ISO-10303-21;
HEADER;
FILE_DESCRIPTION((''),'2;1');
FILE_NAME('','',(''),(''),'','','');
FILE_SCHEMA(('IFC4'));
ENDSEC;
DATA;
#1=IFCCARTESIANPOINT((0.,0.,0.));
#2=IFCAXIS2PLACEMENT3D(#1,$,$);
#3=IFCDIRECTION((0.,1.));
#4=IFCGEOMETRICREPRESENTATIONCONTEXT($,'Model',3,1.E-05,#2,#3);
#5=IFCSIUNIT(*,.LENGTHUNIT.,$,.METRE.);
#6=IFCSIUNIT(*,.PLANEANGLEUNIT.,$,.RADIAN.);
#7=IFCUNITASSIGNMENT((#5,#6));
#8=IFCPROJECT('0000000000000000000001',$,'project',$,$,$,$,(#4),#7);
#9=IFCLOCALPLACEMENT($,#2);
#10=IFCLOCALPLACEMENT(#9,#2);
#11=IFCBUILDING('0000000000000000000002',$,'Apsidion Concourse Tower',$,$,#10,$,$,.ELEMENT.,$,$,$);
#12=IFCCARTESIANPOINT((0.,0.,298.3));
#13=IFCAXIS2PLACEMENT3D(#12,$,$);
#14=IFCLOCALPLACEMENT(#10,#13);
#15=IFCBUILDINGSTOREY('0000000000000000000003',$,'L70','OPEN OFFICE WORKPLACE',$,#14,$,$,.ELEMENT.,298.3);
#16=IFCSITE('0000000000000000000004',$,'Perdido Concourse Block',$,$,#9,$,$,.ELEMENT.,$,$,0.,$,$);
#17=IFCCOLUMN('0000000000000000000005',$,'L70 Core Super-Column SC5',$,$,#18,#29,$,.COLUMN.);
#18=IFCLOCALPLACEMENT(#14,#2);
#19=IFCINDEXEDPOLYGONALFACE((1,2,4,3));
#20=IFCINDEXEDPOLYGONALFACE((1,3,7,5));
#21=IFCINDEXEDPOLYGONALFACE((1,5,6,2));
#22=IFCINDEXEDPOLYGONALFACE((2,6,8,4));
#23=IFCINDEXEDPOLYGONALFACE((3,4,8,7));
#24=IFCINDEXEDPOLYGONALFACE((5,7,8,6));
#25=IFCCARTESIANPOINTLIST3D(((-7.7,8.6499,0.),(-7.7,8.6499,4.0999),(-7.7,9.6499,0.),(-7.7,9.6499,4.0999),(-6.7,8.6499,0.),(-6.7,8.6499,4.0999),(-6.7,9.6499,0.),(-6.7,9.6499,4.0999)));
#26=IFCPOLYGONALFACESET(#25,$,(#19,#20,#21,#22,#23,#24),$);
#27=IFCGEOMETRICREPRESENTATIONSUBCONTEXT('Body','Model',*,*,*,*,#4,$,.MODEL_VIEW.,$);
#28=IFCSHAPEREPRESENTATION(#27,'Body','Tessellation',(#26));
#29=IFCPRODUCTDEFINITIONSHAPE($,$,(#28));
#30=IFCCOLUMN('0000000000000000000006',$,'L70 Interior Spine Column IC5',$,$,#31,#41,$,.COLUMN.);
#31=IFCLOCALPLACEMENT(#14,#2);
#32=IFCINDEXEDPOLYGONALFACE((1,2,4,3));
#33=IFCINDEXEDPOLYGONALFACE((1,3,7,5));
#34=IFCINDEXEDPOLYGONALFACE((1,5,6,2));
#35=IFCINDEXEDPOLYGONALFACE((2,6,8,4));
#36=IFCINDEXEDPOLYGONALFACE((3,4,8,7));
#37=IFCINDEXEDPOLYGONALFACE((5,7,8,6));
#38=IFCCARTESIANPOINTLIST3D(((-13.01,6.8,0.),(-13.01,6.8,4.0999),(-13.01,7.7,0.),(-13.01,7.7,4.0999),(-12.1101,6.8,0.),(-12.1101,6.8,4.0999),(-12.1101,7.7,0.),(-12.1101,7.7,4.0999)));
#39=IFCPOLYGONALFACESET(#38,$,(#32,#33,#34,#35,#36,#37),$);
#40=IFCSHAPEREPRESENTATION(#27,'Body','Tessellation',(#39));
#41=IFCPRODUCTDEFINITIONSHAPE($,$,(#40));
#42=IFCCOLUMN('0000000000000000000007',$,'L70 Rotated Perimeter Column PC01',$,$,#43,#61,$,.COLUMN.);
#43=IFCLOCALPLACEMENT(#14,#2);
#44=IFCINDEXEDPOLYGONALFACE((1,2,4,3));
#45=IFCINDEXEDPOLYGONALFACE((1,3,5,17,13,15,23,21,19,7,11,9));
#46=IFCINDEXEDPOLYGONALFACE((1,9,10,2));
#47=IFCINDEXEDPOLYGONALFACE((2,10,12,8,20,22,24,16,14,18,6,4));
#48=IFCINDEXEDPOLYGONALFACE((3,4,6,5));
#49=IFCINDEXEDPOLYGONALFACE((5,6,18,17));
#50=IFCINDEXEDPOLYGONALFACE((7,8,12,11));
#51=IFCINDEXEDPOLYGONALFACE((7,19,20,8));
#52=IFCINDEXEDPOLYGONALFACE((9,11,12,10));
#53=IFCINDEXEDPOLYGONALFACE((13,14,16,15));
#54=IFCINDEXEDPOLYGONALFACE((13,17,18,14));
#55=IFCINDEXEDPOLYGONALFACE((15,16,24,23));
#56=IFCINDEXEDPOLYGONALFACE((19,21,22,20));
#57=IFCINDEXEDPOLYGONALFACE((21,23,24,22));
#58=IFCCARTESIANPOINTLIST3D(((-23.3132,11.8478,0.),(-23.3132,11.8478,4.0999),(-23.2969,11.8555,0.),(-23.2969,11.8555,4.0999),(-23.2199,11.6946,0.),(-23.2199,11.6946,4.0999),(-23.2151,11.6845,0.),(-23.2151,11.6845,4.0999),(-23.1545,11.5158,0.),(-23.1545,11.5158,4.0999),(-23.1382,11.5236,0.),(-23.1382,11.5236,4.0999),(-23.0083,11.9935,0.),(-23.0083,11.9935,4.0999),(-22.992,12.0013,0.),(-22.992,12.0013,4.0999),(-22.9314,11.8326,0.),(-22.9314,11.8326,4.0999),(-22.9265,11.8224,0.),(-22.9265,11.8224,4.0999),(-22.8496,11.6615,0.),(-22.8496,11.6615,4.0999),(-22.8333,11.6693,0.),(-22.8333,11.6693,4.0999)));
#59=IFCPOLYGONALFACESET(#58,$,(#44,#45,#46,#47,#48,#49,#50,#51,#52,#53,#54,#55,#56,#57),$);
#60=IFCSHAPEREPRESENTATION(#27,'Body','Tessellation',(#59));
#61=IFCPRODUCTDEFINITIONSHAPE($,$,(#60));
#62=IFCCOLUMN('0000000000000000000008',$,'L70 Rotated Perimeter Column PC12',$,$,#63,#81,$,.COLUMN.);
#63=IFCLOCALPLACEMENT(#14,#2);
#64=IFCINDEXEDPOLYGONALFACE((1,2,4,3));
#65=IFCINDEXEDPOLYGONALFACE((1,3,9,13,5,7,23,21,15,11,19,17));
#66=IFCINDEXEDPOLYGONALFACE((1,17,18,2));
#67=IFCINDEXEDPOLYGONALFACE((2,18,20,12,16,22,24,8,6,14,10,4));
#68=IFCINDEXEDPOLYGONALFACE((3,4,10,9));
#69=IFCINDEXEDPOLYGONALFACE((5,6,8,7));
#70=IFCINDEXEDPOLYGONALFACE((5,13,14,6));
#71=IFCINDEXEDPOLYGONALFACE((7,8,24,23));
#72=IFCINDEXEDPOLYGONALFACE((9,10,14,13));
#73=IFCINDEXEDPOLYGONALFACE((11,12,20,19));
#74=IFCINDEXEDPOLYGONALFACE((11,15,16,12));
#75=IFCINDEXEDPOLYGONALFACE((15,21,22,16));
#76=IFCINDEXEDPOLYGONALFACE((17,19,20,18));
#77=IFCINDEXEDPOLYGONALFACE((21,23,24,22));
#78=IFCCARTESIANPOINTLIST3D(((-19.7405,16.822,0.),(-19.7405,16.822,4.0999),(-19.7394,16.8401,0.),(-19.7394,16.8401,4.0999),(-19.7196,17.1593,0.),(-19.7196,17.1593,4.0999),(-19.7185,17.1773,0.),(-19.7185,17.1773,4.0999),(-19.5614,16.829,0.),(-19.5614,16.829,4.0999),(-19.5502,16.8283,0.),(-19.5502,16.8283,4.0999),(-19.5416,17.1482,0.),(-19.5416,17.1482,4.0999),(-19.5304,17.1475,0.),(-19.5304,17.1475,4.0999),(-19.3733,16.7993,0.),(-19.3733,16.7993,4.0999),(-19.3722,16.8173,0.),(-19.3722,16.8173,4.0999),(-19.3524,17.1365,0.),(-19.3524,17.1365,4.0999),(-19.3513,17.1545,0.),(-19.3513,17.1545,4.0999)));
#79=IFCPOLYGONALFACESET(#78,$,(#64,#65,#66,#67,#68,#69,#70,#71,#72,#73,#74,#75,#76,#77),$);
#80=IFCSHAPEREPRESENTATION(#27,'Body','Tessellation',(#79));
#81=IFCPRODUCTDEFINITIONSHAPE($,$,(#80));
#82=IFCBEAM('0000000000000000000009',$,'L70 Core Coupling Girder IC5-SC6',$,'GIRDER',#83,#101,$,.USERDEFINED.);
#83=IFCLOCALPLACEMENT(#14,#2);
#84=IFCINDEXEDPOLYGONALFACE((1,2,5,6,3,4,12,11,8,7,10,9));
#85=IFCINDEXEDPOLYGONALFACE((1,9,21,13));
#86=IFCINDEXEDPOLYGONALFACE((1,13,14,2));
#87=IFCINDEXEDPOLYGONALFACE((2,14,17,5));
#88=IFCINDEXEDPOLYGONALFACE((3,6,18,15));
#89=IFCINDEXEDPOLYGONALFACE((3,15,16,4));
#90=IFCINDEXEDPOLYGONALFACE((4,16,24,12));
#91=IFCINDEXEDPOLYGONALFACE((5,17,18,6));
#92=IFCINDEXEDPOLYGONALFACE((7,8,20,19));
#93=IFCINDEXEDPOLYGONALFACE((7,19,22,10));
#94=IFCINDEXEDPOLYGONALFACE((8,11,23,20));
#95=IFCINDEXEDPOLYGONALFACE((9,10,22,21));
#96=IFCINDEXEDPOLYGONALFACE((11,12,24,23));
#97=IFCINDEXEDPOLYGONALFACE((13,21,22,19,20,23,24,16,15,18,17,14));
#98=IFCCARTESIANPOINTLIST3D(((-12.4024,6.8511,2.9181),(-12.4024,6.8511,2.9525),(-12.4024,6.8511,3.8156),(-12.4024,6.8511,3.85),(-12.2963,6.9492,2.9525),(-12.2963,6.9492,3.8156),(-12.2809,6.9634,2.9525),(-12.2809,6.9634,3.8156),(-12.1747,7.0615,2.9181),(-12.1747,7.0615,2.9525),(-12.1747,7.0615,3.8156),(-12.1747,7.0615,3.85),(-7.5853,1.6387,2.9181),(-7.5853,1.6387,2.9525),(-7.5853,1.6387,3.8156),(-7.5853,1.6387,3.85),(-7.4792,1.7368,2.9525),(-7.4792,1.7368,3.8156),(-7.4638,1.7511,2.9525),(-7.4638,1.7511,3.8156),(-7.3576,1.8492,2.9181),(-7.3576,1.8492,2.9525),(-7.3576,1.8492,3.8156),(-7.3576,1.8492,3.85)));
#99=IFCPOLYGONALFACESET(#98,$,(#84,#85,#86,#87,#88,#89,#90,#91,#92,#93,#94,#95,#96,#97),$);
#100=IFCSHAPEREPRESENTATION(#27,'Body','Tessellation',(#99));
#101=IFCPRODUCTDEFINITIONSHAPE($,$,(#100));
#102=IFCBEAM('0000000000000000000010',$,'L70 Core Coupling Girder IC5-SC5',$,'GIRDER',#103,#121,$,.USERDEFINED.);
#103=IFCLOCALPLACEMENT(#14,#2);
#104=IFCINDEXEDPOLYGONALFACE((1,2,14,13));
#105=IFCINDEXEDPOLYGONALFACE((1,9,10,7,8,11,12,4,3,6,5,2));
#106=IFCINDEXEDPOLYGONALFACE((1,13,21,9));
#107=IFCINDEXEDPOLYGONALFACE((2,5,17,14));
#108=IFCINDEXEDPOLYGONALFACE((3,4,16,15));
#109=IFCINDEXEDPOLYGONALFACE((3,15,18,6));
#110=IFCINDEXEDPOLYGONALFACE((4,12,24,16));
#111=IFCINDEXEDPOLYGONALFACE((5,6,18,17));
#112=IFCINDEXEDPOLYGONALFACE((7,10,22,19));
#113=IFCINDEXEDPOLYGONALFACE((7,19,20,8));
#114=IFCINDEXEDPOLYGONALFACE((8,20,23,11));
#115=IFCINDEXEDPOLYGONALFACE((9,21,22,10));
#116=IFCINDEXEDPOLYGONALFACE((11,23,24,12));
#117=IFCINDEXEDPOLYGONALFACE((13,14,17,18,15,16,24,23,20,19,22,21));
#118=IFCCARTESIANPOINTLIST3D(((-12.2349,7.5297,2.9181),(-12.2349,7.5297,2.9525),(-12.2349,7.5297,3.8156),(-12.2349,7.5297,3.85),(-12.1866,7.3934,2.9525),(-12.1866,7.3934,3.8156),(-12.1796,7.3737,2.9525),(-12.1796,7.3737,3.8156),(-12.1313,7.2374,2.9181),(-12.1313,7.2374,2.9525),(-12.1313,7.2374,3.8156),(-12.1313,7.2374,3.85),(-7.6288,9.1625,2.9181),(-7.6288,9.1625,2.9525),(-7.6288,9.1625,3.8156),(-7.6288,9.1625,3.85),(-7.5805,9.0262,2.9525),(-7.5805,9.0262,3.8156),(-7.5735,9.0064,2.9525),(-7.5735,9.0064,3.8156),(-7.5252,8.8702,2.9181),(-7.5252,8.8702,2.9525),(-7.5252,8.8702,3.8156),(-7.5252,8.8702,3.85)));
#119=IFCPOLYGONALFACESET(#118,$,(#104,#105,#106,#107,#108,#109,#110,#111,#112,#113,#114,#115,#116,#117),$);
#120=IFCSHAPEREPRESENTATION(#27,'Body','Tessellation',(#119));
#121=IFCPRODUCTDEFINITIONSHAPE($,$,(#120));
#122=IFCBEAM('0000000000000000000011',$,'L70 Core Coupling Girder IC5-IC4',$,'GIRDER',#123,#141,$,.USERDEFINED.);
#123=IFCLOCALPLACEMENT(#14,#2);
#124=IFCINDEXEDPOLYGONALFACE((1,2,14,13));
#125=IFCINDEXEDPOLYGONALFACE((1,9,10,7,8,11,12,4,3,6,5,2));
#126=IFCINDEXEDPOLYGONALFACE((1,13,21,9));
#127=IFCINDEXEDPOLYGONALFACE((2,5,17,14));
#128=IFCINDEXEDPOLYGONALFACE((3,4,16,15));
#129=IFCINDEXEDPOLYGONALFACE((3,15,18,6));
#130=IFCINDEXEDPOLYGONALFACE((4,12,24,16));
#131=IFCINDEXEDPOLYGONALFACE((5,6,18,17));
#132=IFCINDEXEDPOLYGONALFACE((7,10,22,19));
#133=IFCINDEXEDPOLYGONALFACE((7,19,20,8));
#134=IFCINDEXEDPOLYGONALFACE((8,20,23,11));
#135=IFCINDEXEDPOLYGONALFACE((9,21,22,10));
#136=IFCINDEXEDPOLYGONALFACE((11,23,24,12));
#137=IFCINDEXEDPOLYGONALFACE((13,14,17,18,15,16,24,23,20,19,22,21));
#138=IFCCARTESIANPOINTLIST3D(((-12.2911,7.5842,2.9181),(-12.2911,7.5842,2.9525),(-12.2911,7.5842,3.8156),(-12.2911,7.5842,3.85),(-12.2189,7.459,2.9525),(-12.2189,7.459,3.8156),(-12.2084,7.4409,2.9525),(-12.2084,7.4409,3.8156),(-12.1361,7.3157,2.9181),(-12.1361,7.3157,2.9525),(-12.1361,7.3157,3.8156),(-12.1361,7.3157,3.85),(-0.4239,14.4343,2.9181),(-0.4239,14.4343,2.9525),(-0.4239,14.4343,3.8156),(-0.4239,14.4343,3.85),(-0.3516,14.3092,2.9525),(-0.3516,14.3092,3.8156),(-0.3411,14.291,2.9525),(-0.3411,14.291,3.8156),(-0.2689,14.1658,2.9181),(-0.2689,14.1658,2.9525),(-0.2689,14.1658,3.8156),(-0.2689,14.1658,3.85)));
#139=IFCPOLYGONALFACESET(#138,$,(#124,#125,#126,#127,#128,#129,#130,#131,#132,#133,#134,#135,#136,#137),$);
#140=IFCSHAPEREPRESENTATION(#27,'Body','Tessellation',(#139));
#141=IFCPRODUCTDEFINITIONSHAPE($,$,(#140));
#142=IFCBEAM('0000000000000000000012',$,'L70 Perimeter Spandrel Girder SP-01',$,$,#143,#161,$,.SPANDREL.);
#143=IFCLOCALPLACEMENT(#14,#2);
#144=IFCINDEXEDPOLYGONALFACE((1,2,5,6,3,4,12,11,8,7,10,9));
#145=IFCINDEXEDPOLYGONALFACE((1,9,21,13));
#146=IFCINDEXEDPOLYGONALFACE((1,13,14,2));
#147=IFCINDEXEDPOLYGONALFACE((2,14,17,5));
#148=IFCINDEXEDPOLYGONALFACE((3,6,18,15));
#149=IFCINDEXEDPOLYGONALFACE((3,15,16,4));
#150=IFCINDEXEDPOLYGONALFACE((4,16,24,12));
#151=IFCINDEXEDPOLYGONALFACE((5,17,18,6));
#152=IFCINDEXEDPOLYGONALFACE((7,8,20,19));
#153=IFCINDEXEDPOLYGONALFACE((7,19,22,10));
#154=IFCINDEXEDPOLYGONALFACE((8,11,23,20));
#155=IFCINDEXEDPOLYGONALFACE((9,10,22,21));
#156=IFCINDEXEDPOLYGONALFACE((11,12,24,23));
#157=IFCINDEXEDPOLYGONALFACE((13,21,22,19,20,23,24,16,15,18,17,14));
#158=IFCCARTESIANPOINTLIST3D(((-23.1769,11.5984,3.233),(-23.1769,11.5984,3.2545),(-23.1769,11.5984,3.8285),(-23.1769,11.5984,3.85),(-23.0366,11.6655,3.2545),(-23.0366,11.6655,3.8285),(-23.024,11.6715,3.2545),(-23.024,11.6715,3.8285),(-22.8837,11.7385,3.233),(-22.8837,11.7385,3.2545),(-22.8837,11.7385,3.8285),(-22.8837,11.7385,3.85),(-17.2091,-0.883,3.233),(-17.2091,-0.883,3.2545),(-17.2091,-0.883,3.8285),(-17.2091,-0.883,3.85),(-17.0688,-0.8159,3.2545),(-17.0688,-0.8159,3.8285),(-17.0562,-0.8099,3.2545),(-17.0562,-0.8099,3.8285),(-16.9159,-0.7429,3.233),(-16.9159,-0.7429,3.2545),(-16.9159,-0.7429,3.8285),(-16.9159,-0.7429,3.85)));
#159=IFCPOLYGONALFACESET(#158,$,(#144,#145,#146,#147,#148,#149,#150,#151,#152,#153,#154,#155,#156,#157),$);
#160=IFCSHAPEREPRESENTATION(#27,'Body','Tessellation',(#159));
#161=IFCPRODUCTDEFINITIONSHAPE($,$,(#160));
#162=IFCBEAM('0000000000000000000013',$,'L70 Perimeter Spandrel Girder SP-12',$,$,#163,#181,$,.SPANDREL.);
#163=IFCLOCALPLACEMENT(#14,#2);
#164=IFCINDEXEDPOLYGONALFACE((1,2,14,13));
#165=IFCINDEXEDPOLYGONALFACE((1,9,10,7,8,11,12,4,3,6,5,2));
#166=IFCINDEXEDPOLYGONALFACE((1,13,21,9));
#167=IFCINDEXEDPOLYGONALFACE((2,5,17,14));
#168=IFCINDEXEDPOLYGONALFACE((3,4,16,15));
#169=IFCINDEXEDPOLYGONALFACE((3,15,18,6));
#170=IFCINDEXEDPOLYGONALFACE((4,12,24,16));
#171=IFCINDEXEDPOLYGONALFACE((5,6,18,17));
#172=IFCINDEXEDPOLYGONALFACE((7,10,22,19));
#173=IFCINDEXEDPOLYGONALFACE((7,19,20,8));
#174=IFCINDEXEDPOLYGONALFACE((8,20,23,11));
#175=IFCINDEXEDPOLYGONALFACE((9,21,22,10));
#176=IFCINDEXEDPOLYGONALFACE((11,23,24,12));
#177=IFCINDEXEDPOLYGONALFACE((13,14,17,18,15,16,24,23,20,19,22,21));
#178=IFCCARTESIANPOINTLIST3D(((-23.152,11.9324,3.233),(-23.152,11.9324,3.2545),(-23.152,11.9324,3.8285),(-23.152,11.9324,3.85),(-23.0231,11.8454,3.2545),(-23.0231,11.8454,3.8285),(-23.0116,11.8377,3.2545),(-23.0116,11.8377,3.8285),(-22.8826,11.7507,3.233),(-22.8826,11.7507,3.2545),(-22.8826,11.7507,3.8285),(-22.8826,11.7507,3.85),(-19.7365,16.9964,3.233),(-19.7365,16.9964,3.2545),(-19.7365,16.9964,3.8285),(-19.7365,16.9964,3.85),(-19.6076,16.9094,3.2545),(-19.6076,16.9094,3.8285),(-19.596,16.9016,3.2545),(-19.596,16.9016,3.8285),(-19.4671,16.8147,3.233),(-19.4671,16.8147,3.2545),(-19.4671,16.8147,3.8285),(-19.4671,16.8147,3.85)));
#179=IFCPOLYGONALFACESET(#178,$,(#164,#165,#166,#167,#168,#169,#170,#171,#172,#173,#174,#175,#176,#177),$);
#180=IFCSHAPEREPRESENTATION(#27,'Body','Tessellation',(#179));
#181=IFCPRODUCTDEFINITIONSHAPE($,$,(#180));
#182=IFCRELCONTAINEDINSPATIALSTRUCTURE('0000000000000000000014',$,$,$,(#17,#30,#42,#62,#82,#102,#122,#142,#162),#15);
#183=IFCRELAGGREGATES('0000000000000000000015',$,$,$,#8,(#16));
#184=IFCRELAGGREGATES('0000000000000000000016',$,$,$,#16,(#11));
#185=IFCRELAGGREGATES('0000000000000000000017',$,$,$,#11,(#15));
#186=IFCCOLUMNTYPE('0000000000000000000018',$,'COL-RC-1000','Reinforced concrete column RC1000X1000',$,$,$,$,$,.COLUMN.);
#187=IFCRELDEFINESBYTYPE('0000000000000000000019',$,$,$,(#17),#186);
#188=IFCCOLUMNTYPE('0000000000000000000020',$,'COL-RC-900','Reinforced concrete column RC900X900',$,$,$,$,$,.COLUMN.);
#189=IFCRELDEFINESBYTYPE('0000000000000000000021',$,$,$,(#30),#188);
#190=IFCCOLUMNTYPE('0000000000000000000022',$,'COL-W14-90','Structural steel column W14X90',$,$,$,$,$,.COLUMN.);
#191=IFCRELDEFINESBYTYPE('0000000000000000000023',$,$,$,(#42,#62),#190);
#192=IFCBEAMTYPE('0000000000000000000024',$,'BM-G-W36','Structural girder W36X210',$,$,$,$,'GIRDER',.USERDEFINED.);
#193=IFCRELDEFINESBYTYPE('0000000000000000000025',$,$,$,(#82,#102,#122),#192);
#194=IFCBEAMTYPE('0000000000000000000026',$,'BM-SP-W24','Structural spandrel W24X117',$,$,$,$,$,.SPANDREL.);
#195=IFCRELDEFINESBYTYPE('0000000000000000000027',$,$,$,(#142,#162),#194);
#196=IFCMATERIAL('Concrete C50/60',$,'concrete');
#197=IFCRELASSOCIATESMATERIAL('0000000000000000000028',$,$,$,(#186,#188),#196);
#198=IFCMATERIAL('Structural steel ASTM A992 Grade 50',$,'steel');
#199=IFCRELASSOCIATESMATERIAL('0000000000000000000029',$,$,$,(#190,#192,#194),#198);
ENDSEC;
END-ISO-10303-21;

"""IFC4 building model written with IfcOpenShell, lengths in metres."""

from ifc_helpers import new_model, si_unit, direction, frame, origin, origin_2d, place, context, subcontext, project, spatial, rectangle, i_section, extrude, material, material_profile, profile_set, type_object, element, save


model = new_model("IFC4")

# Units and contexts
model_context = context("Model", 3, precision=1e-05, world=origin(), true_north=direction((0.0, 1.0)))
body_context = subcontext(model_context, "Body", "Model", "MODEL_VIEW")
ifc_project = project(units=[si_unit("LENGTHUNIT", "METRE"), si_unit("PLANEANGLEUNIT", "RADIAN")], contexts=[model_context])

# Site, building, storey
site_placement = place(None, origin())
site = spatial("IfcSite", under=ifc_project, at=site_placement, Name="Perdido Concourse Block", CompositionType="ELEMENT", RefElevation=0.0)
building_placement = place(site_placement, origin())
building = spatial("IfcBuilding", under=site, at=building_placement, Name="Apsidion Concourse Tower", CompositionType="ELEMENT")
storey_placement = place(building_placement, frame((0.0, 0.0, 298.3)))
storey = spatial("IfcBuildingStorey", under=building, at=storey_placement, Name="L70", Description="OPEN OFFICE WORKPLACE", CompositionType="ELEMENT", Elevation=298.3)

# Columns
ifc_material_1 = material(Name="Concrete C50/60", Category="concrete")
ifc_material_profile_1 = material_profile(ifc_material_1, rectangle(XDim=1.0, YDim=1.0, at=origin_2d()), Name="RC 1000x1000")
ifc_profile_set_1 = profile_set([ifc_material_profile_1], Name="Concrete C50/60")
column_type_1 = type_object("IfcColumnType", Name="COL-RC-1000", Description="Reinforced concrete column RC1000X1000", PredefinedType="COLUMN", material=ifc_profile_set_1)
column_1_placement = place(storey_placement, frame((-7.2, 9.1499, 0.0), z_axis=(0.0, 0.0, 1.0), x_axis=(1.0, 0.0, 0.0)))
element("IfcColumn", 1, at=column_1_placement, inside=storey, type_object=column_type_1, Name="L70 Core Super-Column SC5", PredefinedType="COLUMN", context=body_context, shape_type="SweptSolid", body=[
    extrude(rectangle(XDim=1.0, YDim=1.0, at=origin_2d()), origin(), (0.0, 0.0, 1.0), 4.0999),
])
ifc_material_profile_2 = material_profile(ifc_material_1, rectangle(XDim=0.8999, YDim=0.8999, at=origin_2d()), Name="RC 900x900")
ifc_profile_set_2 = profile_set([ifc_material_profile_2], Name="Concrete C50/60")
column_type_2 = type_object("IfcColumnType", Name="COL-RC-900", Description="Reinforced concrete column RC900X900", PredefinedType="COLUMN", material=ifc_profile_set_2)
column_2_placement = place(storey_placement, frame((-12.5601, 7.25, 0.0), z_axis=(0.0, 0.0, 1.0), x_axis=(1.0, 0.0, 0.0)))
element("IfcColumn", 2, at=column_2_placement, inside=storey, type_object=column_type_2, Name="L70 Interior Spine Column IC5", PredefinedType="COLUMN", context=body_context, shape_type="SweptSolid", body=[
    extrude(rectangle(XDim=0.8999, YDim=0.8999, at=origin_2d()), origin(), (0.0, 0.0, 1.0), 4.0999),
])
ifc_material_2 = material(Name="Structural steel ASTM A992 Grade 50", Category="steel")
ifc_material_profile_3 = material_profile(ifc_material_2, i_section(OverallWidth=0.3679, OverallDepth=0.356, WebThickness=0.0112, FlangeThickness=0.0181, at=origin_2d()), Name="W14X90")
ifc_profile_set_3 = profile_set([ifc_material_profile_3], Name="Structural steel ASTM A992 Grade 50")
column_type_3 = type_object("IfcColumnType", Name="COL-W14-90", Description="Structural steel column W14X90", PredefinedType="COLUMN", material=ifc_profile_set_3)
for number, where, z_axis, x_axis, name in (
    (3, (-23.0732, 11.7585, 0.0), (0.0, 0.0, 1.0), (-0.431299, 0.902209, 0.0), "L70 Rotated Perimeter Column PC01"),
    (4, (-19.5459, 16.9883, 0.0), (0.0, 0.0, 1.0), (-0.998081, 0.06192, 0.0), "L70 Rotated Perimeter Column PC12"),
):
    element("IfcColumn", number, at=place(storey_placement, frame(where, z_axis=z_axis, x_axis=x_axis)), inside=storey, type_object=column_type_3, Name=name, PredefinedType="COLUMN", context=body_context, shape_type="SweptSolid", body=[
        extrude(i_section(OverallWidth=0.3679, OverallDepth=0.356, WebThickness=0.0112, FlangeThickness=0.0181, at=origin_2d()), origin(), (0.0, 0.0, 1.0), 4.0999),
    ])

# Beams
ifc_material_profile_4 = material_profile(ifc_material_2, i_section(OverallWidth=0.3101, OverallDepth=0.9319, WebThickness=0.021, FlangeThickness=0.0344, at=origin_2d()), Name="W36X210")
ifc_profile_set_4 = profile_set([ifc_material_profile_4], Name="Structural steel ASTM A992 Grade 50")
beam_type_1 = type_object("IfcBeamType", Name="BM-G-W36", Description="Structural girder W36X210", ElementType="GIRDER", PredefinedType="USERDEFINED", material=ifc_profile_set_4)
beam_1_placement = place(storey_placement, frame((-12.2886, 6.9563, 3.384), z_axis=(0.678713, -0.734404, 0.0), x_axis=(0.734404, 0.678713, 0.0)))
element("IfcBeam", 5, at=beam_1_placement, inside=storey, type_object=beam_type_1, Name="L70 Core Coupling Girder IC5-SC6", ObjectType="GIRDER", PredefinedType="USERDEFINED", context=body_context, shape_type="SweptSolid", body=[
    extrude(i_section(OverallWidth=0.3101, OverallDepth=0.9319, WebThickness=0.021, FlangeThickness=0.0344, at=origin_2d()), origin(), (0.0, 0.0, 1.0), 7.0974),
])
beam_2_placement = place(storey_placement, frame((-12.1831, 7.3835, 3.384), z_axis=(0.942534, 0.334111, 0.0), x_axis=(-0.334111, 0.942534, 0.0)))
element("IfcBeam", 6, at=beam_2_placement, inside=storey, type_object=beam_type_1, Name="L70 Core Coupling Girder IC5-SC5", ObjectType="GIRDER", PredefinedType="USERDEFINED", context=body_context, shape_type="SweptSolid", body=[
    extrude(i_section(OverallWidth=0.3101, OverallDepth=0.9319, WebThickness=0.021, FlangeThickness=0.0344, at=origin_2d()), origin(), (0.0, 0.0, 1.0), 4.887),
])
beam_3_placement = place(storey_placement, frame((-12.2136, 7.45, 3.384), z_axis=(0.86607, 0.499922, 0.0), x_axis=(-0.499922, 0.86607, 0.0)))
element("IfcBeam", 7, at=beam_3_placement, inside=storey, type_object=beam_type_1, Name="L70 Core Coupling Girder IC5-IC4", ObjectType="GIRDER", PredefinedType="USERDEFINED", context=body_context, shape_type="SweptSolid", body=[
    extrude(i_section(OverallWidth=0.3101, OverallDepth=0.9319, WebThickness=0.021, FlangeThickness=0.0344, at=origin_2d()), origin(), (0.0, 0.0, 1.0), 13.7024),
])
ifc_material_profile_5 = material_profile(ifc_material_2, i_section(OverallWidth=0.325, OverallDepth=0.6169, WebThickness=0.0139, FlangeThickness=0.0215, at=origin_2d()), Name="W24X117")
ifc_profile_set_5 = profile_set([ifc_material_profile_5], Name="Structural steel ASTM A992 Grade 50")
beam_type_2 = type_object("IfcBeamType", Name="BM-SP-W24", Description="Structural spandrel W24X117", PredefinedType="SPANDREL", material=ifc_profile_set_5)
beam_4_placement = place(storey_placement, frame((-23.0303, 11.6685, 3.5415), z_axis=(0.431361, -0.90218, 0.0), x_axis=(0.90218, 0.431361, 0.0)))
element("IfcBeam", 8, at=beam_4_placement, inside=storey, type_object=beam_type_2, Name="L70 Perimeter Spandrel Girder SP-01", PredefinedType="SPANDREL", context=body_context, shape_type="SweptSolid", body=[
    extrude(i_section(OverallWidth=0.325, OverallDepth=0.6169, WebThickness=0.0139, FlangeThickness=0.0215, at=origin_2d()), origin(), (0.0, 0.0, 1.0), 13.8347),
])
beam_5_placement = place(storey_placement, frame((-19.6018, 16.9055, 3.5415), z_axis=(-0.559175, -0.82905, 0.0), x_axis=(0.82905, -0.559175, 0.0)))
element("IfcBeam", 9, at=beam_5_placement, inside=storey, type_object=beam_type_2, Name="L70 Perimeter Spandrel Girder SP-12", PredefinedType="SPANDREL", context=body_context, shape_type="SweptSolid", body=[
    extrude(i_section(OverallWidth=0.325, OverallDepth=0.6169, WebThickness=0.0139, FlangeThickness=0.0215, at=origin_2d()), origin(), (0.0, 0.0, 1.0), 6.1082),
])

save(model, "model.ifc")
